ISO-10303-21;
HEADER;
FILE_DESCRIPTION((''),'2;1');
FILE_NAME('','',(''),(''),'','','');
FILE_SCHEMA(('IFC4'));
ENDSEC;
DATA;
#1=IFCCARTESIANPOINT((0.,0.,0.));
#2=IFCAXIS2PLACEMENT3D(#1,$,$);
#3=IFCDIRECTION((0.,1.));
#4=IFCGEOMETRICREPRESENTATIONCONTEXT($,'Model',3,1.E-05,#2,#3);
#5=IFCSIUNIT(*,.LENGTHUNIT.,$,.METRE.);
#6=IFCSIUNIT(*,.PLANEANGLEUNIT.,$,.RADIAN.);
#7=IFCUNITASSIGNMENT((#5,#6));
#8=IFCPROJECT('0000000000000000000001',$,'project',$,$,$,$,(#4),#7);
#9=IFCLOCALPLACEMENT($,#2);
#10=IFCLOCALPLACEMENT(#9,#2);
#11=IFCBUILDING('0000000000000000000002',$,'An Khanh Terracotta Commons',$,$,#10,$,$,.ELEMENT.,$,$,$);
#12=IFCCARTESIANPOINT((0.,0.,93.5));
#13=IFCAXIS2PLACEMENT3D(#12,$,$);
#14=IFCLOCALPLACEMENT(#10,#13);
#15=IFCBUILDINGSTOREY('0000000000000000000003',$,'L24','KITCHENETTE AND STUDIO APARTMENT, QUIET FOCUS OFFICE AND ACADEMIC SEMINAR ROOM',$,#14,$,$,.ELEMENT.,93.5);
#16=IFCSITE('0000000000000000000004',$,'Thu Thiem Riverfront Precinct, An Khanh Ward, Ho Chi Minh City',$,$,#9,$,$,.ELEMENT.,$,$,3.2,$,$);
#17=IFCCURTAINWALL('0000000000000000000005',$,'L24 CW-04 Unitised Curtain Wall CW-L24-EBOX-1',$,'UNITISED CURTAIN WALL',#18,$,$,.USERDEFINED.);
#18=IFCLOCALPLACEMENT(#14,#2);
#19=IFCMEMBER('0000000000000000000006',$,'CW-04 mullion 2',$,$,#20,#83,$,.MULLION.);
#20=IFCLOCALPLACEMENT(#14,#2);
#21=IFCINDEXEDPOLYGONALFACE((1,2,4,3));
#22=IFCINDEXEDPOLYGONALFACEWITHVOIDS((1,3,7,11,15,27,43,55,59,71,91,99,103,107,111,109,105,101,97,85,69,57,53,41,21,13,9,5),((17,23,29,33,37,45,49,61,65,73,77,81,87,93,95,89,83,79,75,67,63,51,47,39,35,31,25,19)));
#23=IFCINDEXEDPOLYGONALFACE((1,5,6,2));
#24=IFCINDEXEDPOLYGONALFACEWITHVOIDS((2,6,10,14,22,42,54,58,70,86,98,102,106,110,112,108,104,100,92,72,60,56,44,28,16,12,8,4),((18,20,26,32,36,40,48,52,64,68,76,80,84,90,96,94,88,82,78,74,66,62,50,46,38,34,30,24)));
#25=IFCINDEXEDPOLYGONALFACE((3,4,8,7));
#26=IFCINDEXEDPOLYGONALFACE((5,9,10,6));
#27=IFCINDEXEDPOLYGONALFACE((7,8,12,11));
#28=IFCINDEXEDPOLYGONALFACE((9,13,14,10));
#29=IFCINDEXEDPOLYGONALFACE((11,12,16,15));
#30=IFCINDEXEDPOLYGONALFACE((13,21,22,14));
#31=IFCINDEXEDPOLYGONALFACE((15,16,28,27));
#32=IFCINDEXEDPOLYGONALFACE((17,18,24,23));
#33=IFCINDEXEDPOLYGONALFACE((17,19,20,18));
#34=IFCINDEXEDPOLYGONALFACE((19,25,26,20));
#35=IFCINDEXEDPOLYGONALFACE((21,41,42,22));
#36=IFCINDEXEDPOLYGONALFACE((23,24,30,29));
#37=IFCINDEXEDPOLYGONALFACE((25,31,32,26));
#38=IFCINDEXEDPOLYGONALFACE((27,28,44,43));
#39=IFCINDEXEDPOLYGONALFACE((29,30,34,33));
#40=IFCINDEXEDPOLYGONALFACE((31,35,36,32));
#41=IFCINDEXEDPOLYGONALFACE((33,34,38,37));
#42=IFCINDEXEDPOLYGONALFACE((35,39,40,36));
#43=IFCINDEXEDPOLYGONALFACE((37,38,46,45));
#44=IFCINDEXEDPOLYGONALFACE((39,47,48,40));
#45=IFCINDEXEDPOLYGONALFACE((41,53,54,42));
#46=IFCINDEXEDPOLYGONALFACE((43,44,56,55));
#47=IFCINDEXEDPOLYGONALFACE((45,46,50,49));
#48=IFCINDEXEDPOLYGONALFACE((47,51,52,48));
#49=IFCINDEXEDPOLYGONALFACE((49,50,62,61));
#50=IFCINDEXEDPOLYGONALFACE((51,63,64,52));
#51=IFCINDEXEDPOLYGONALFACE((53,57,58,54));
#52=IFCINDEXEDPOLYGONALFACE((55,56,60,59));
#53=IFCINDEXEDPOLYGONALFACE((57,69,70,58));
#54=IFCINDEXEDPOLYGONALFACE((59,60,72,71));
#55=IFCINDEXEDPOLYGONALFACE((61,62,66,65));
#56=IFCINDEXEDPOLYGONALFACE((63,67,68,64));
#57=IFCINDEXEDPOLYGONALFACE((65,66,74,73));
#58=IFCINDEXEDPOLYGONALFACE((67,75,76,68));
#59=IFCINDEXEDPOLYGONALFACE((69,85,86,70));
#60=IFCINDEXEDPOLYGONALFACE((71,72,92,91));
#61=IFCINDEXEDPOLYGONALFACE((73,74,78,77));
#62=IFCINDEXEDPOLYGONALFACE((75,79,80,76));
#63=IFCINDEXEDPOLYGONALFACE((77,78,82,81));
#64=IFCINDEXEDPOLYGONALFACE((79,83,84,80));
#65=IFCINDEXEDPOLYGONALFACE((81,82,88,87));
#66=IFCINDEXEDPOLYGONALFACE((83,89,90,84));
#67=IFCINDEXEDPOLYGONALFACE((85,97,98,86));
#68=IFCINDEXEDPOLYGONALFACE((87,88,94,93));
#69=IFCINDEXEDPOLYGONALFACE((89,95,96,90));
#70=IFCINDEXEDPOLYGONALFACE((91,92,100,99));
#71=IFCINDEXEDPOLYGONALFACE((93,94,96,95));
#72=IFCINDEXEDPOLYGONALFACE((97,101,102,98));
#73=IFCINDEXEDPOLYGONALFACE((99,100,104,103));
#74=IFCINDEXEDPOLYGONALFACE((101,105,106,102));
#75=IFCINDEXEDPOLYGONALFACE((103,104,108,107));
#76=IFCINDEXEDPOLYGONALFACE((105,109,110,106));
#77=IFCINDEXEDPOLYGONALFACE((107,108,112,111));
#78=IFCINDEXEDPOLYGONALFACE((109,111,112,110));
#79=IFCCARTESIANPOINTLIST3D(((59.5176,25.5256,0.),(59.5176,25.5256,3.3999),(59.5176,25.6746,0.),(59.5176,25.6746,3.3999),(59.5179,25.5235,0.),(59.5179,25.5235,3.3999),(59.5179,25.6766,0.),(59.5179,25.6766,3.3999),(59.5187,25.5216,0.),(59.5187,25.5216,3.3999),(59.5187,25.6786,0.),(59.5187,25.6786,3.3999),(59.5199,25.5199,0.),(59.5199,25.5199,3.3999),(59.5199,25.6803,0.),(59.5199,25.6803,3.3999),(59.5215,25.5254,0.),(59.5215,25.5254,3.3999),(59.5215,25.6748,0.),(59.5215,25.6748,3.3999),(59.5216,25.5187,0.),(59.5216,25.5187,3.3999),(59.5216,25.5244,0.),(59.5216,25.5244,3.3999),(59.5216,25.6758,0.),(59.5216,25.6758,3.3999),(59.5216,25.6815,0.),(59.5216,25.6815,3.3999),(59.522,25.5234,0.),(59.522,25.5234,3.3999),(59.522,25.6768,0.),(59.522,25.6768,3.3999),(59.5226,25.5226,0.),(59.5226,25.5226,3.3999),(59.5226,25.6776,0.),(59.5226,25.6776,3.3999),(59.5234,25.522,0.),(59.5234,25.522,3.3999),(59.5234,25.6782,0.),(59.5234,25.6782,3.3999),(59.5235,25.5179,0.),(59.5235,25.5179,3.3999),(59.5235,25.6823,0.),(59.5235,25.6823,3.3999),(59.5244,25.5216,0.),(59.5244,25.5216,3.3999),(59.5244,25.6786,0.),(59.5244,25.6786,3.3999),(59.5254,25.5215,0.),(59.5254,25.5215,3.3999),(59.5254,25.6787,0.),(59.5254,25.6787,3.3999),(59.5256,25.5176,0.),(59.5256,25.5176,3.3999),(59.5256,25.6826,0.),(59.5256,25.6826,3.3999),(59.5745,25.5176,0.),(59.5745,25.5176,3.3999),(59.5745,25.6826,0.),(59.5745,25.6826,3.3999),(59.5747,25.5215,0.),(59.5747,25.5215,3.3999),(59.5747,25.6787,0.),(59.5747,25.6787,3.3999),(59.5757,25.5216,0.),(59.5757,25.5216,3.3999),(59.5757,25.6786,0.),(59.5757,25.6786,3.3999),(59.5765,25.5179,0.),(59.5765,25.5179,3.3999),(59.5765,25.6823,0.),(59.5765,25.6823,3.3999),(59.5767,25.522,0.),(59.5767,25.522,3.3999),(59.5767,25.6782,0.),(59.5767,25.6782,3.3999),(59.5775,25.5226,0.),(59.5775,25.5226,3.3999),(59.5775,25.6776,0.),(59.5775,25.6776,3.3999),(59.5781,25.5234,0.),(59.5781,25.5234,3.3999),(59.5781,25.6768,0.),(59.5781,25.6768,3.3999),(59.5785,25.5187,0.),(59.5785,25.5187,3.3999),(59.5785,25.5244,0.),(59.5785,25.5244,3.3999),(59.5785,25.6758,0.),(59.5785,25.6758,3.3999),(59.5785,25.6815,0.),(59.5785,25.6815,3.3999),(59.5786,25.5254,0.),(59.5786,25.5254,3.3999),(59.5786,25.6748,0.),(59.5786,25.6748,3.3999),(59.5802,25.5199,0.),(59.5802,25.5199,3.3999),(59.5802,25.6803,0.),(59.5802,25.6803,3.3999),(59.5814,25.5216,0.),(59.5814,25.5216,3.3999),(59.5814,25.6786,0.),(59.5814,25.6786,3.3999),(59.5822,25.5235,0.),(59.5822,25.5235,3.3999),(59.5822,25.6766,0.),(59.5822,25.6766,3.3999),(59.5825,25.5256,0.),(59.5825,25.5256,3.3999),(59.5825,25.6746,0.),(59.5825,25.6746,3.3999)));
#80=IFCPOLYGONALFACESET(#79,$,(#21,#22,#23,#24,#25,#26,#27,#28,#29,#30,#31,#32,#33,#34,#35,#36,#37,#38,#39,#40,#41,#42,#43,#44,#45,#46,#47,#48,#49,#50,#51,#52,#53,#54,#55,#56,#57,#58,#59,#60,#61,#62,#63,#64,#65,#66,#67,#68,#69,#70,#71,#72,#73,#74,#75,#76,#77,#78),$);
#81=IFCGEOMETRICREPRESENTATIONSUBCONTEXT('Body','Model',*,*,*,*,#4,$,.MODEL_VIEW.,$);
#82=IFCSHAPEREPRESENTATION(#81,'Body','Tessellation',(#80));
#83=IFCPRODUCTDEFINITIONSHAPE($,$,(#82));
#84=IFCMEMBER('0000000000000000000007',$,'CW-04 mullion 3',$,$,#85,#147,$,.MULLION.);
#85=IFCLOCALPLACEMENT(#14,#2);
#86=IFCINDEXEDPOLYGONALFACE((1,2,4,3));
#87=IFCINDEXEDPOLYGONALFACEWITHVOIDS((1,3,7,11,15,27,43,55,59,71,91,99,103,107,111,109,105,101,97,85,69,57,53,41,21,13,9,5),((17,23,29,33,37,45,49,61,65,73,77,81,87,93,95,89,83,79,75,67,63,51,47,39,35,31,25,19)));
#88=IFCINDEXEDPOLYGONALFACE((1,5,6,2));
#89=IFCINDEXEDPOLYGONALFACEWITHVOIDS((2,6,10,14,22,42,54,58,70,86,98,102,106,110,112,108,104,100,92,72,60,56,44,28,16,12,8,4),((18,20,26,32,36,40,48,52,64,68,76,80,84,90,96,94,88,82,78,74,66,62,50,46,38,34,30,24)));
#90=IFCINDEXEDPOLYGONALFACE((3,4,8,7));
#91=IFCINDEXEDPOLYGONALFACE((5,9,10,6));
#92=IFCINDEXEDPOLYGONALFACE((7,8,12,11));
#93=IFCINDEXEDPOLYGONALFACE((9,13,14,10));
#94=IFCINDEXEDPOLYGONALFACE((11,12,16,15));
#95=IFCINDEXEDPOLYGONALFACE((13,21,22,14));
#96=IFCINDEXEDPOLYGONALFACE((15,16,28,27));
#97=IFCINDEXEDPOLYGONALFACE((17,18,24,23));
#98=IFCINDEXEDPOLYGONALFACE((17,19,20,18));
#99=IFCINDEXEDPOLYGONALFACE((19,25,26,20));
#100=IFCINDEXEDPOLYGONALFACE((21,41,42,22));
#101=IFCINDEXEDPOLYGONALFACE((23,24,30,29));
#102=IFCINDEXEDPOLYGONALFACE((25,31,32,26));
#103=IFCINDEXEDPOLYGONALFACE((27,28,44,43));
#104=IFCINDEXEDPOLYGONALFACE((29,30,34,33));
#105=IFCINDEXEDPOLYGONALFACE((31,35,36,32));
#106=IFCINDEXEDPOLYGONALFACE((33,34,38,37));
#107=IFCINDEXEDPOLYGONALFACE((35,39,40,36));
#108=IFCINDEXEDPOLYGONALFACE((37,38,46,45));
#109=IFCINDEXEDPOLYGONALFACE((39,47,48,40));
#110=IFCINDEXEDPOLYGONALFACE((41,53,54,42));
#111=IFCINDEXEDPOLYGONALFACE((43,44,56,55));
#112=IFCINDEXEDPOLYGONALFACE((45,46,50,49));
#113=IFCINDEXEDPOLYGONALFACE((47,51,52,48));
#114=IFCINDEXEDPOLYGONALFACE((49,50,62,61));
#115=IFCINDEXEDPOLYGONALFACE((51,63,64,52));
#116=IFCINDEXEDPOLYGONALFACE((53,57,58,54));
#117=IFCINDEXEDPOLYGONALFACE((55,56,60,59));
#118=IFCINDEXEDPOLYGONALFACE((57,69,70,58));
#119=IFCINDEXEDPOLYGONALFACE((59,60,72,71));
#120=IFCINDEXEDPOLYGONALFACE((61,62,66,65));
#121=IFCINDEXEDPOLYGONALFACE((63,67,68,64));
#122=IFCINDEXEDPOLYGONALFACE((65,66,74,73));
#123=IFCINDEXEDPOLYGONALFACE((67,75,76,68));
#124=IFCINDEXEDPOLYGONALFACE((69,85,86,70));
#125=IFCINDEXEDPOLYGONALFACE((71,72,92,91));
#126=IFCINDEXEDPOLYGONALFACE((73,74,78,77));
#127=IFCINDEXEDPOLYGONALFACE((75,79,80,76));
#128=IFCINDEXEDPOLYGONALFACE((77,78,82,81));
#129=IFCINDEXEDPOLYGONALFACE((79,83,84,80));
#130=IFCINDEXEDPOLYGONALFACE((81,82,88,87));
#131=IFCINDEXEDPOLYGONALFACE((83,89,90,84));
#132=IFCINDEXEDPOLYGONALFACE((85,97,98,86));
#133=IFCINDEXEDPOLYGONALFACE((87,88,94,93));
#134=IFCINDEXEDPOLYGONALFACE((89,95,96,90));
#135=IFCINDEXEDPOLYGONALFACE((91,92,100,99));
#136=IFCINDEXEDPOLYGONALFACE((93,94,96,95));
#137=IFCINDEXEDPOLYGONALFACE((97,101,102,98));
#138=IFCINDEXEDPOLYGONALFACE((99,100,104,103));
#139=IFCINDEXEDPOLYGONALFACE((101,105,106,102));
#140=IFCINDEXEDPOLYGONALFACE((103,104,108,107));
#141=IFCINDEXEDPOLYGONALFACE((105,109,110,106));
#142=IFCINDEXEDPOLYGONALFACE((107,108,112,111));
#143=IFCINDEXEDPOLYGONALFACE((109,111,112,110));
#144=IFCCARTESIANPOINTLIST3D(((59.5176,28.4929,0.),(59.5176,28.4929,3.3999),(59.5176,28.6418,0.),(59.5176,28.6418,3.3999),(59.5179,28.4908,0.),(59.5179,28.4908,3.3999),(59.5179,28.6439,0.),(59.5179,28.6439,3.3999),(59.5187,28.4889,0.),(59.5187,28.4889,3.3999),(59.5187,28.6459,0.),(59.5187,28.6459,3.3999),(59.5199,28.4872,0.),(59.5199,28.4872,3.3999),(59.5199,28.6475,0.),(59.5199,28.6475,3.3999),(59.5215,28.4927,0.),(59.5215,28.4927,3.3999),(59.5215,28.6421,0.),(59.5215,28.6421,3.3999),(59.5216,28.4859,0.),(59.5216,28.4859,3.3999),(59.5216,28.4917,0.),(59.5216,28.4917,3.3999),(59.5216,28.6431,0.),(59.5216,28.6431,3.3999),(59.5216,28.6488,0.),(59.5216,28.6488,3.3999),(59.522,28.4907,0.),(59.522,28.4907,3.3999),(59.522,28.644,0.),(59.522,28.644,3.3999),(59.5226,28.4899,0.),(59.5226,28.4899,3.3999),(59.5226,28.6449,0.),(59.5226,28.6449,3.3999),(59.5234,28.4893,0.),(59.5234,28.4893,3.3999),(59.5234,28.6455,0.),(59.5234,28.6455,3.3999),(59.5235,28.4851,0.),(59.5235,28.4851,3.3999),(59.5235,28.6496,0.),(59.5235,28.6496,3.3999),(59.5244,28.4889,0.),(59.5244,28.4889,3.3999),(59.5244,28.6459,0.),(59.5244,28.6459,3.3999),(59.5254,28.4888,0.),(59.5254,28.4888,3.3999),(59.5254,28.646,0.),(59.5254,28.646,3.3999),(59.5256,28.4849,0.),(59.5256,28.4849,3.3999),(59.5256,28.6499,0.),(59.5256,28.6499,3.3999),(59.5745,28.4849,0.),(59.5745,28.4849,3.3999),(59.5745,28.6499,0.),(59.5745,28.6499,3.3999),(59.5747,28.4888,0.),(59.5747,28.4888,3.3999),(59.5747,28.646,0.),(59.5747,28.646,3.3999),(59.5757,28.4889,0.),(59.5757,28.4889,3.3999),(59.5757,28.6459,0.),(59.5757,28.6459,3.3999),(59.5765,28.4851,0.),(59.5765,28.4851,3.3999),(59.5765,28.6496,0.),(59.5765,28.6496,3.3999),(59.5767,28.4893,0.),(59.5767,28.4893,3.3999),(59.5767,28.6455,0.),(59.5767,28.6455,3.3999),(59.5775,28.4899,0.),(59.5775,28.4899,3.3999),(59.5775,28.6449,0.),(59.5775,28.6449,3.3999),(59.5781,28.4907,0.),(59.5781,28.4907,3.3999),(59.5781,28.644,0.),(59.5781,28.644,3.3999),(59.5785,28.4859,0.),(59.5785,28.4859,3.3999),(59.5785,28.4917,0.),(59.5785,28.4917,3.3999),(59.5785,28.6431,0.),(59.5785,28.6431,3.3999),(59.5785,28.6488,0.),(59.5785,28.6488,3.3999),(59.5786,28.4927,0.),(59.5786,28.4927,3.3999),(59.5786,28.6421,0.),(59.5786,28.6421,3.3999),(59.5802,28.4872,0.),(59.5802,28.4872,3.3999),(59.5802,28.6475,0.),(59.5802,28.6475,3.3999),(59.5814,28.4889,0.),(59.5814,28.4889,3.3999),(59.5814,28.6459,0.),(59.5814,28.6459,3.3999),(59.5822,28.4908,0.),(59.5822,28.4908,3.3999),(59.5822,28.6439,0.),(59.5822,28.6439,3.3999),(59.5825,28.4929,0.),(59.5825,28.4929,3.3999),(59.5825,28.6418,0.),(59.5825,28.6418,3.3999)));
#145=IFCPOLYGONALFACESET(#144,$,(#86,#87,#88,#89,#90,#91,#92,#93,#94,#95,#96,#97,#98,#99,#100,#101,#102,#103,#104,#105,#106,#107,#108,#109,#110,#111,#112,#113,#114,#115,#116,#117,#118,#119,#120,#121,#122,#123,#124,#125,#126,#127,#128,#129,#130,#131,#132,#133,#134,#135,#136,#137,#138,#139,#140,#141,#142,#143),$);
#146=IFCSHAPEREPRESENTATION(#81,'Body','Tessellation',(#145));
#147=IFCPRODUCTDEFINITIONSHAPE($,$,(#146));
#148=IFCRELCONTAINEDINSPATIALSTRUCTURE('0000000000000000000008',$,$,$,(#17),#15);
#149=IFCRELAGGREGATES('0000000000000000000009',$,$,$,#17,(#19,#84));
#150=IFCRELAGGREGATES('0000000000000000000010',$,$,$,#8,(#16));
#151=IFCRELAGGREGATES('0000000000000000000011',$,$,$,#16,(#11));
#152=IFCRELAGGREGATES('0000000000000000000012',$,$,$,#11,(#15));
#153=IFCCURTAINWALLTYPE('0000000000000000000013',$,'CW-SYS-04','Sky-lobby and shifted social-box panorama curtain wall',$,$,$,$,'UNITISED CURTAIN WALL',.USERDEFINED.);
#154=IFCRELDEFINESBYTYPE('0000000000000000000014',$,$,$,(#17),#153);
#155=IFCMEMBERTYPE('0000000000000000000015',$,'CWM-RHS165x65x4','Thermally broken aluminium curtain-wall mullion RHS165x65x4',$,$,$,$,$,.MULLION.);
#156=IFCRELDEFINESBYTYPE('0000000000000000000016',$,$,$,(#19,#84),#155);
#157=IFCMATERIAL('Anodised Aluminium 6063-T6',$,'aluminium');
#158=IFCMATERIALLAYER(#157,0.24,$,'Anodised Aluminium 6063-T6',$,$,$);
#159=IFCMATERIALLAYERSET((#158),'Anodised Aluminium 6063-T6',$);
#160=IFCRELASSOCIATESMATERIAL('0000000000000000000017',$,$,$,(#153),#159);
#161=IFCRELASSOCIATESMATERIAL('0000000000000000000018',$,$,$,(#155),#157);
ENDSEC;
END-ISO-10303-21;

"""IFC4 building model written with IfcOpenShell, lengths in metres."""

from ifc_helpers import new_model, si_unit, direction, frame, origin, origin_2d, place, context, subcontext, project, spatial, hollow_rectangle, extrude, material, layer, layer_set, material_profile, profile_set, type_object, element, aggregate, save


model = new_model("IFC4")

# Units and contexts
model_context = context("Model", 3, precision=1e-05, world=origin(), true_north=direction((0.0, 1.0)))
body_context = subcontext(model_context, "Body", "Model", "MODEL_VIEW")
ifc_project = project(units=[si_unit("LENGTHUNIT", "METRE"), si_unit("PLANEANGLEUNIT", "RADIAN")], contexts=[model_context])

# Site, building, storey
site_placement = place(None, origin())
site = spatial("IfcSite", under=ifc_project, at=site_placement, Name="Thu Thiem Riverfront Precinct, An Khanh Ward, Ho Chi Minh City", CompositionType="ELEMENT", RefElevation=3.2)
building_placement = place(site_placement, origin())
building = spatial("IfcBuilding", under=site, at=building_placement, Name="An Khanh Terracotta Commons", CompositionType="ELEMENT")
storey_placement = place(building_placement, frame((0.0, 0.0, 93.5)))
storey = spatial("IfcBuildingStorey", under=building, at=storey_placement, Name="L24", Description="KITCHENETTE AND STUDIO APARTMENT, QUIET FOCUS OFFICE AND ACADEMIC SEMINAR ROOM", CompositionType="ELEMENT", Elevation=93.5)

# Curtain wall, members
ifc_material_1 = material(Name="Anodised Aluminium 6063-T6", Category="aluminium")
ifc_layer_1 = layer(ifc_material_1, 0.24, Name="Anodised Aluminium 6063-T6")
ifc_layer_set_1 = layer_set([ifc_layer_1], Name="Anodised Aluminium 6063-T6")
curtain_wall_type_1 = type_object("IfcCurtainWallType", Name="CW-SYS-04", Description="Sky-lobby and shifted social-box panorama curtain wall", ElementType="UNITISED CURTAIN WALL", PredefinedType="USERDEFINED", material=ifc_layer_set_1)
curtain_wall_1_placement = place(storey_placement, origin())
curtain_wall_1 = element("IfcCurtainWall", 1, at=curtain_wall_1_placement, inside=storey, type_object=curtain_wall_type_1, Name="L24 CW-04 Unitised Curtain Wall CW-L24-EBOX-1", ObjectType="UNITISED CURTAIN WALL", PredefinedType="USERDEFINED")
ifc_material_profile_1 = material_profile(ifc_material_1, hollow_rectangle(XDim=0.0649, YDim=0.165, WallThickness=0.0039, InnerFilletRadius=0.0039, OuterFilletRadius=0.0081, at=origin_2d()), Name="RHS165x65x4")
ifc_profile_set_1 = profile_set([ifc_material_profile_1], Name="Anodised Aluminium 6063-T6")
member_type_1 = type_object("IfcMemberType", Name="CWM-RHS165x65x4", Description="Thermally broken aluminium curtain-wall mullion RHS165x65x4", PredefinedType="MULLION", material=ifc_profile_set_1)
member_1_placement = place(storey_placement, frame((59.55, 25.6001, 0.0), z_axis=(0.0, 0.0, 1.0), x_axis=(-1.0, 0.0, 0.0)))
member_1 = element("IfcMember", 2, at=member_1_placement, type_object=member_type_1, Name="CW-04 mullion 2", PredefinedType="MULLION", context=body_context, shape_type="SweptSolid", body=[
    extrude(hollow_rectangle(XDim=0.0649, YDim=0.165, WallThickness=0.0039, InnerFilletRadius=0.0039, OuterFilletRadius=0.0081, at=origin_2d()), origin(), (0.0, 0.0, 1.0), 3.3999),
])
member_2_placement = place(storey_placement, frame((59.55, 28.5674, 0.0), z_axis=(0.0, 0.0, 1.0), x_axis=(-1.0, 0.0, 0.0)))
member_2 = element("IfcMember", 3, at=member_2_placement, type_object=member_type_1, Name="CW-04 mullion 3", PredefinedType="MULLION", context=body_context, shape_type="SweptSolid", body=[
    extrude(hollow_rectangle(XDim=0.0649, YDim=0.165, WallThickness=0.0039, InnerFilletRadius=0.0039, OuterFilletRadius=0.0081, at=origin_2d()), origin(), (0.0, 0.0, 1.0), 3.3999),
])

aggregate(curtain_wall_1, [member_1, member_2])

save(model, "model.ifc")
